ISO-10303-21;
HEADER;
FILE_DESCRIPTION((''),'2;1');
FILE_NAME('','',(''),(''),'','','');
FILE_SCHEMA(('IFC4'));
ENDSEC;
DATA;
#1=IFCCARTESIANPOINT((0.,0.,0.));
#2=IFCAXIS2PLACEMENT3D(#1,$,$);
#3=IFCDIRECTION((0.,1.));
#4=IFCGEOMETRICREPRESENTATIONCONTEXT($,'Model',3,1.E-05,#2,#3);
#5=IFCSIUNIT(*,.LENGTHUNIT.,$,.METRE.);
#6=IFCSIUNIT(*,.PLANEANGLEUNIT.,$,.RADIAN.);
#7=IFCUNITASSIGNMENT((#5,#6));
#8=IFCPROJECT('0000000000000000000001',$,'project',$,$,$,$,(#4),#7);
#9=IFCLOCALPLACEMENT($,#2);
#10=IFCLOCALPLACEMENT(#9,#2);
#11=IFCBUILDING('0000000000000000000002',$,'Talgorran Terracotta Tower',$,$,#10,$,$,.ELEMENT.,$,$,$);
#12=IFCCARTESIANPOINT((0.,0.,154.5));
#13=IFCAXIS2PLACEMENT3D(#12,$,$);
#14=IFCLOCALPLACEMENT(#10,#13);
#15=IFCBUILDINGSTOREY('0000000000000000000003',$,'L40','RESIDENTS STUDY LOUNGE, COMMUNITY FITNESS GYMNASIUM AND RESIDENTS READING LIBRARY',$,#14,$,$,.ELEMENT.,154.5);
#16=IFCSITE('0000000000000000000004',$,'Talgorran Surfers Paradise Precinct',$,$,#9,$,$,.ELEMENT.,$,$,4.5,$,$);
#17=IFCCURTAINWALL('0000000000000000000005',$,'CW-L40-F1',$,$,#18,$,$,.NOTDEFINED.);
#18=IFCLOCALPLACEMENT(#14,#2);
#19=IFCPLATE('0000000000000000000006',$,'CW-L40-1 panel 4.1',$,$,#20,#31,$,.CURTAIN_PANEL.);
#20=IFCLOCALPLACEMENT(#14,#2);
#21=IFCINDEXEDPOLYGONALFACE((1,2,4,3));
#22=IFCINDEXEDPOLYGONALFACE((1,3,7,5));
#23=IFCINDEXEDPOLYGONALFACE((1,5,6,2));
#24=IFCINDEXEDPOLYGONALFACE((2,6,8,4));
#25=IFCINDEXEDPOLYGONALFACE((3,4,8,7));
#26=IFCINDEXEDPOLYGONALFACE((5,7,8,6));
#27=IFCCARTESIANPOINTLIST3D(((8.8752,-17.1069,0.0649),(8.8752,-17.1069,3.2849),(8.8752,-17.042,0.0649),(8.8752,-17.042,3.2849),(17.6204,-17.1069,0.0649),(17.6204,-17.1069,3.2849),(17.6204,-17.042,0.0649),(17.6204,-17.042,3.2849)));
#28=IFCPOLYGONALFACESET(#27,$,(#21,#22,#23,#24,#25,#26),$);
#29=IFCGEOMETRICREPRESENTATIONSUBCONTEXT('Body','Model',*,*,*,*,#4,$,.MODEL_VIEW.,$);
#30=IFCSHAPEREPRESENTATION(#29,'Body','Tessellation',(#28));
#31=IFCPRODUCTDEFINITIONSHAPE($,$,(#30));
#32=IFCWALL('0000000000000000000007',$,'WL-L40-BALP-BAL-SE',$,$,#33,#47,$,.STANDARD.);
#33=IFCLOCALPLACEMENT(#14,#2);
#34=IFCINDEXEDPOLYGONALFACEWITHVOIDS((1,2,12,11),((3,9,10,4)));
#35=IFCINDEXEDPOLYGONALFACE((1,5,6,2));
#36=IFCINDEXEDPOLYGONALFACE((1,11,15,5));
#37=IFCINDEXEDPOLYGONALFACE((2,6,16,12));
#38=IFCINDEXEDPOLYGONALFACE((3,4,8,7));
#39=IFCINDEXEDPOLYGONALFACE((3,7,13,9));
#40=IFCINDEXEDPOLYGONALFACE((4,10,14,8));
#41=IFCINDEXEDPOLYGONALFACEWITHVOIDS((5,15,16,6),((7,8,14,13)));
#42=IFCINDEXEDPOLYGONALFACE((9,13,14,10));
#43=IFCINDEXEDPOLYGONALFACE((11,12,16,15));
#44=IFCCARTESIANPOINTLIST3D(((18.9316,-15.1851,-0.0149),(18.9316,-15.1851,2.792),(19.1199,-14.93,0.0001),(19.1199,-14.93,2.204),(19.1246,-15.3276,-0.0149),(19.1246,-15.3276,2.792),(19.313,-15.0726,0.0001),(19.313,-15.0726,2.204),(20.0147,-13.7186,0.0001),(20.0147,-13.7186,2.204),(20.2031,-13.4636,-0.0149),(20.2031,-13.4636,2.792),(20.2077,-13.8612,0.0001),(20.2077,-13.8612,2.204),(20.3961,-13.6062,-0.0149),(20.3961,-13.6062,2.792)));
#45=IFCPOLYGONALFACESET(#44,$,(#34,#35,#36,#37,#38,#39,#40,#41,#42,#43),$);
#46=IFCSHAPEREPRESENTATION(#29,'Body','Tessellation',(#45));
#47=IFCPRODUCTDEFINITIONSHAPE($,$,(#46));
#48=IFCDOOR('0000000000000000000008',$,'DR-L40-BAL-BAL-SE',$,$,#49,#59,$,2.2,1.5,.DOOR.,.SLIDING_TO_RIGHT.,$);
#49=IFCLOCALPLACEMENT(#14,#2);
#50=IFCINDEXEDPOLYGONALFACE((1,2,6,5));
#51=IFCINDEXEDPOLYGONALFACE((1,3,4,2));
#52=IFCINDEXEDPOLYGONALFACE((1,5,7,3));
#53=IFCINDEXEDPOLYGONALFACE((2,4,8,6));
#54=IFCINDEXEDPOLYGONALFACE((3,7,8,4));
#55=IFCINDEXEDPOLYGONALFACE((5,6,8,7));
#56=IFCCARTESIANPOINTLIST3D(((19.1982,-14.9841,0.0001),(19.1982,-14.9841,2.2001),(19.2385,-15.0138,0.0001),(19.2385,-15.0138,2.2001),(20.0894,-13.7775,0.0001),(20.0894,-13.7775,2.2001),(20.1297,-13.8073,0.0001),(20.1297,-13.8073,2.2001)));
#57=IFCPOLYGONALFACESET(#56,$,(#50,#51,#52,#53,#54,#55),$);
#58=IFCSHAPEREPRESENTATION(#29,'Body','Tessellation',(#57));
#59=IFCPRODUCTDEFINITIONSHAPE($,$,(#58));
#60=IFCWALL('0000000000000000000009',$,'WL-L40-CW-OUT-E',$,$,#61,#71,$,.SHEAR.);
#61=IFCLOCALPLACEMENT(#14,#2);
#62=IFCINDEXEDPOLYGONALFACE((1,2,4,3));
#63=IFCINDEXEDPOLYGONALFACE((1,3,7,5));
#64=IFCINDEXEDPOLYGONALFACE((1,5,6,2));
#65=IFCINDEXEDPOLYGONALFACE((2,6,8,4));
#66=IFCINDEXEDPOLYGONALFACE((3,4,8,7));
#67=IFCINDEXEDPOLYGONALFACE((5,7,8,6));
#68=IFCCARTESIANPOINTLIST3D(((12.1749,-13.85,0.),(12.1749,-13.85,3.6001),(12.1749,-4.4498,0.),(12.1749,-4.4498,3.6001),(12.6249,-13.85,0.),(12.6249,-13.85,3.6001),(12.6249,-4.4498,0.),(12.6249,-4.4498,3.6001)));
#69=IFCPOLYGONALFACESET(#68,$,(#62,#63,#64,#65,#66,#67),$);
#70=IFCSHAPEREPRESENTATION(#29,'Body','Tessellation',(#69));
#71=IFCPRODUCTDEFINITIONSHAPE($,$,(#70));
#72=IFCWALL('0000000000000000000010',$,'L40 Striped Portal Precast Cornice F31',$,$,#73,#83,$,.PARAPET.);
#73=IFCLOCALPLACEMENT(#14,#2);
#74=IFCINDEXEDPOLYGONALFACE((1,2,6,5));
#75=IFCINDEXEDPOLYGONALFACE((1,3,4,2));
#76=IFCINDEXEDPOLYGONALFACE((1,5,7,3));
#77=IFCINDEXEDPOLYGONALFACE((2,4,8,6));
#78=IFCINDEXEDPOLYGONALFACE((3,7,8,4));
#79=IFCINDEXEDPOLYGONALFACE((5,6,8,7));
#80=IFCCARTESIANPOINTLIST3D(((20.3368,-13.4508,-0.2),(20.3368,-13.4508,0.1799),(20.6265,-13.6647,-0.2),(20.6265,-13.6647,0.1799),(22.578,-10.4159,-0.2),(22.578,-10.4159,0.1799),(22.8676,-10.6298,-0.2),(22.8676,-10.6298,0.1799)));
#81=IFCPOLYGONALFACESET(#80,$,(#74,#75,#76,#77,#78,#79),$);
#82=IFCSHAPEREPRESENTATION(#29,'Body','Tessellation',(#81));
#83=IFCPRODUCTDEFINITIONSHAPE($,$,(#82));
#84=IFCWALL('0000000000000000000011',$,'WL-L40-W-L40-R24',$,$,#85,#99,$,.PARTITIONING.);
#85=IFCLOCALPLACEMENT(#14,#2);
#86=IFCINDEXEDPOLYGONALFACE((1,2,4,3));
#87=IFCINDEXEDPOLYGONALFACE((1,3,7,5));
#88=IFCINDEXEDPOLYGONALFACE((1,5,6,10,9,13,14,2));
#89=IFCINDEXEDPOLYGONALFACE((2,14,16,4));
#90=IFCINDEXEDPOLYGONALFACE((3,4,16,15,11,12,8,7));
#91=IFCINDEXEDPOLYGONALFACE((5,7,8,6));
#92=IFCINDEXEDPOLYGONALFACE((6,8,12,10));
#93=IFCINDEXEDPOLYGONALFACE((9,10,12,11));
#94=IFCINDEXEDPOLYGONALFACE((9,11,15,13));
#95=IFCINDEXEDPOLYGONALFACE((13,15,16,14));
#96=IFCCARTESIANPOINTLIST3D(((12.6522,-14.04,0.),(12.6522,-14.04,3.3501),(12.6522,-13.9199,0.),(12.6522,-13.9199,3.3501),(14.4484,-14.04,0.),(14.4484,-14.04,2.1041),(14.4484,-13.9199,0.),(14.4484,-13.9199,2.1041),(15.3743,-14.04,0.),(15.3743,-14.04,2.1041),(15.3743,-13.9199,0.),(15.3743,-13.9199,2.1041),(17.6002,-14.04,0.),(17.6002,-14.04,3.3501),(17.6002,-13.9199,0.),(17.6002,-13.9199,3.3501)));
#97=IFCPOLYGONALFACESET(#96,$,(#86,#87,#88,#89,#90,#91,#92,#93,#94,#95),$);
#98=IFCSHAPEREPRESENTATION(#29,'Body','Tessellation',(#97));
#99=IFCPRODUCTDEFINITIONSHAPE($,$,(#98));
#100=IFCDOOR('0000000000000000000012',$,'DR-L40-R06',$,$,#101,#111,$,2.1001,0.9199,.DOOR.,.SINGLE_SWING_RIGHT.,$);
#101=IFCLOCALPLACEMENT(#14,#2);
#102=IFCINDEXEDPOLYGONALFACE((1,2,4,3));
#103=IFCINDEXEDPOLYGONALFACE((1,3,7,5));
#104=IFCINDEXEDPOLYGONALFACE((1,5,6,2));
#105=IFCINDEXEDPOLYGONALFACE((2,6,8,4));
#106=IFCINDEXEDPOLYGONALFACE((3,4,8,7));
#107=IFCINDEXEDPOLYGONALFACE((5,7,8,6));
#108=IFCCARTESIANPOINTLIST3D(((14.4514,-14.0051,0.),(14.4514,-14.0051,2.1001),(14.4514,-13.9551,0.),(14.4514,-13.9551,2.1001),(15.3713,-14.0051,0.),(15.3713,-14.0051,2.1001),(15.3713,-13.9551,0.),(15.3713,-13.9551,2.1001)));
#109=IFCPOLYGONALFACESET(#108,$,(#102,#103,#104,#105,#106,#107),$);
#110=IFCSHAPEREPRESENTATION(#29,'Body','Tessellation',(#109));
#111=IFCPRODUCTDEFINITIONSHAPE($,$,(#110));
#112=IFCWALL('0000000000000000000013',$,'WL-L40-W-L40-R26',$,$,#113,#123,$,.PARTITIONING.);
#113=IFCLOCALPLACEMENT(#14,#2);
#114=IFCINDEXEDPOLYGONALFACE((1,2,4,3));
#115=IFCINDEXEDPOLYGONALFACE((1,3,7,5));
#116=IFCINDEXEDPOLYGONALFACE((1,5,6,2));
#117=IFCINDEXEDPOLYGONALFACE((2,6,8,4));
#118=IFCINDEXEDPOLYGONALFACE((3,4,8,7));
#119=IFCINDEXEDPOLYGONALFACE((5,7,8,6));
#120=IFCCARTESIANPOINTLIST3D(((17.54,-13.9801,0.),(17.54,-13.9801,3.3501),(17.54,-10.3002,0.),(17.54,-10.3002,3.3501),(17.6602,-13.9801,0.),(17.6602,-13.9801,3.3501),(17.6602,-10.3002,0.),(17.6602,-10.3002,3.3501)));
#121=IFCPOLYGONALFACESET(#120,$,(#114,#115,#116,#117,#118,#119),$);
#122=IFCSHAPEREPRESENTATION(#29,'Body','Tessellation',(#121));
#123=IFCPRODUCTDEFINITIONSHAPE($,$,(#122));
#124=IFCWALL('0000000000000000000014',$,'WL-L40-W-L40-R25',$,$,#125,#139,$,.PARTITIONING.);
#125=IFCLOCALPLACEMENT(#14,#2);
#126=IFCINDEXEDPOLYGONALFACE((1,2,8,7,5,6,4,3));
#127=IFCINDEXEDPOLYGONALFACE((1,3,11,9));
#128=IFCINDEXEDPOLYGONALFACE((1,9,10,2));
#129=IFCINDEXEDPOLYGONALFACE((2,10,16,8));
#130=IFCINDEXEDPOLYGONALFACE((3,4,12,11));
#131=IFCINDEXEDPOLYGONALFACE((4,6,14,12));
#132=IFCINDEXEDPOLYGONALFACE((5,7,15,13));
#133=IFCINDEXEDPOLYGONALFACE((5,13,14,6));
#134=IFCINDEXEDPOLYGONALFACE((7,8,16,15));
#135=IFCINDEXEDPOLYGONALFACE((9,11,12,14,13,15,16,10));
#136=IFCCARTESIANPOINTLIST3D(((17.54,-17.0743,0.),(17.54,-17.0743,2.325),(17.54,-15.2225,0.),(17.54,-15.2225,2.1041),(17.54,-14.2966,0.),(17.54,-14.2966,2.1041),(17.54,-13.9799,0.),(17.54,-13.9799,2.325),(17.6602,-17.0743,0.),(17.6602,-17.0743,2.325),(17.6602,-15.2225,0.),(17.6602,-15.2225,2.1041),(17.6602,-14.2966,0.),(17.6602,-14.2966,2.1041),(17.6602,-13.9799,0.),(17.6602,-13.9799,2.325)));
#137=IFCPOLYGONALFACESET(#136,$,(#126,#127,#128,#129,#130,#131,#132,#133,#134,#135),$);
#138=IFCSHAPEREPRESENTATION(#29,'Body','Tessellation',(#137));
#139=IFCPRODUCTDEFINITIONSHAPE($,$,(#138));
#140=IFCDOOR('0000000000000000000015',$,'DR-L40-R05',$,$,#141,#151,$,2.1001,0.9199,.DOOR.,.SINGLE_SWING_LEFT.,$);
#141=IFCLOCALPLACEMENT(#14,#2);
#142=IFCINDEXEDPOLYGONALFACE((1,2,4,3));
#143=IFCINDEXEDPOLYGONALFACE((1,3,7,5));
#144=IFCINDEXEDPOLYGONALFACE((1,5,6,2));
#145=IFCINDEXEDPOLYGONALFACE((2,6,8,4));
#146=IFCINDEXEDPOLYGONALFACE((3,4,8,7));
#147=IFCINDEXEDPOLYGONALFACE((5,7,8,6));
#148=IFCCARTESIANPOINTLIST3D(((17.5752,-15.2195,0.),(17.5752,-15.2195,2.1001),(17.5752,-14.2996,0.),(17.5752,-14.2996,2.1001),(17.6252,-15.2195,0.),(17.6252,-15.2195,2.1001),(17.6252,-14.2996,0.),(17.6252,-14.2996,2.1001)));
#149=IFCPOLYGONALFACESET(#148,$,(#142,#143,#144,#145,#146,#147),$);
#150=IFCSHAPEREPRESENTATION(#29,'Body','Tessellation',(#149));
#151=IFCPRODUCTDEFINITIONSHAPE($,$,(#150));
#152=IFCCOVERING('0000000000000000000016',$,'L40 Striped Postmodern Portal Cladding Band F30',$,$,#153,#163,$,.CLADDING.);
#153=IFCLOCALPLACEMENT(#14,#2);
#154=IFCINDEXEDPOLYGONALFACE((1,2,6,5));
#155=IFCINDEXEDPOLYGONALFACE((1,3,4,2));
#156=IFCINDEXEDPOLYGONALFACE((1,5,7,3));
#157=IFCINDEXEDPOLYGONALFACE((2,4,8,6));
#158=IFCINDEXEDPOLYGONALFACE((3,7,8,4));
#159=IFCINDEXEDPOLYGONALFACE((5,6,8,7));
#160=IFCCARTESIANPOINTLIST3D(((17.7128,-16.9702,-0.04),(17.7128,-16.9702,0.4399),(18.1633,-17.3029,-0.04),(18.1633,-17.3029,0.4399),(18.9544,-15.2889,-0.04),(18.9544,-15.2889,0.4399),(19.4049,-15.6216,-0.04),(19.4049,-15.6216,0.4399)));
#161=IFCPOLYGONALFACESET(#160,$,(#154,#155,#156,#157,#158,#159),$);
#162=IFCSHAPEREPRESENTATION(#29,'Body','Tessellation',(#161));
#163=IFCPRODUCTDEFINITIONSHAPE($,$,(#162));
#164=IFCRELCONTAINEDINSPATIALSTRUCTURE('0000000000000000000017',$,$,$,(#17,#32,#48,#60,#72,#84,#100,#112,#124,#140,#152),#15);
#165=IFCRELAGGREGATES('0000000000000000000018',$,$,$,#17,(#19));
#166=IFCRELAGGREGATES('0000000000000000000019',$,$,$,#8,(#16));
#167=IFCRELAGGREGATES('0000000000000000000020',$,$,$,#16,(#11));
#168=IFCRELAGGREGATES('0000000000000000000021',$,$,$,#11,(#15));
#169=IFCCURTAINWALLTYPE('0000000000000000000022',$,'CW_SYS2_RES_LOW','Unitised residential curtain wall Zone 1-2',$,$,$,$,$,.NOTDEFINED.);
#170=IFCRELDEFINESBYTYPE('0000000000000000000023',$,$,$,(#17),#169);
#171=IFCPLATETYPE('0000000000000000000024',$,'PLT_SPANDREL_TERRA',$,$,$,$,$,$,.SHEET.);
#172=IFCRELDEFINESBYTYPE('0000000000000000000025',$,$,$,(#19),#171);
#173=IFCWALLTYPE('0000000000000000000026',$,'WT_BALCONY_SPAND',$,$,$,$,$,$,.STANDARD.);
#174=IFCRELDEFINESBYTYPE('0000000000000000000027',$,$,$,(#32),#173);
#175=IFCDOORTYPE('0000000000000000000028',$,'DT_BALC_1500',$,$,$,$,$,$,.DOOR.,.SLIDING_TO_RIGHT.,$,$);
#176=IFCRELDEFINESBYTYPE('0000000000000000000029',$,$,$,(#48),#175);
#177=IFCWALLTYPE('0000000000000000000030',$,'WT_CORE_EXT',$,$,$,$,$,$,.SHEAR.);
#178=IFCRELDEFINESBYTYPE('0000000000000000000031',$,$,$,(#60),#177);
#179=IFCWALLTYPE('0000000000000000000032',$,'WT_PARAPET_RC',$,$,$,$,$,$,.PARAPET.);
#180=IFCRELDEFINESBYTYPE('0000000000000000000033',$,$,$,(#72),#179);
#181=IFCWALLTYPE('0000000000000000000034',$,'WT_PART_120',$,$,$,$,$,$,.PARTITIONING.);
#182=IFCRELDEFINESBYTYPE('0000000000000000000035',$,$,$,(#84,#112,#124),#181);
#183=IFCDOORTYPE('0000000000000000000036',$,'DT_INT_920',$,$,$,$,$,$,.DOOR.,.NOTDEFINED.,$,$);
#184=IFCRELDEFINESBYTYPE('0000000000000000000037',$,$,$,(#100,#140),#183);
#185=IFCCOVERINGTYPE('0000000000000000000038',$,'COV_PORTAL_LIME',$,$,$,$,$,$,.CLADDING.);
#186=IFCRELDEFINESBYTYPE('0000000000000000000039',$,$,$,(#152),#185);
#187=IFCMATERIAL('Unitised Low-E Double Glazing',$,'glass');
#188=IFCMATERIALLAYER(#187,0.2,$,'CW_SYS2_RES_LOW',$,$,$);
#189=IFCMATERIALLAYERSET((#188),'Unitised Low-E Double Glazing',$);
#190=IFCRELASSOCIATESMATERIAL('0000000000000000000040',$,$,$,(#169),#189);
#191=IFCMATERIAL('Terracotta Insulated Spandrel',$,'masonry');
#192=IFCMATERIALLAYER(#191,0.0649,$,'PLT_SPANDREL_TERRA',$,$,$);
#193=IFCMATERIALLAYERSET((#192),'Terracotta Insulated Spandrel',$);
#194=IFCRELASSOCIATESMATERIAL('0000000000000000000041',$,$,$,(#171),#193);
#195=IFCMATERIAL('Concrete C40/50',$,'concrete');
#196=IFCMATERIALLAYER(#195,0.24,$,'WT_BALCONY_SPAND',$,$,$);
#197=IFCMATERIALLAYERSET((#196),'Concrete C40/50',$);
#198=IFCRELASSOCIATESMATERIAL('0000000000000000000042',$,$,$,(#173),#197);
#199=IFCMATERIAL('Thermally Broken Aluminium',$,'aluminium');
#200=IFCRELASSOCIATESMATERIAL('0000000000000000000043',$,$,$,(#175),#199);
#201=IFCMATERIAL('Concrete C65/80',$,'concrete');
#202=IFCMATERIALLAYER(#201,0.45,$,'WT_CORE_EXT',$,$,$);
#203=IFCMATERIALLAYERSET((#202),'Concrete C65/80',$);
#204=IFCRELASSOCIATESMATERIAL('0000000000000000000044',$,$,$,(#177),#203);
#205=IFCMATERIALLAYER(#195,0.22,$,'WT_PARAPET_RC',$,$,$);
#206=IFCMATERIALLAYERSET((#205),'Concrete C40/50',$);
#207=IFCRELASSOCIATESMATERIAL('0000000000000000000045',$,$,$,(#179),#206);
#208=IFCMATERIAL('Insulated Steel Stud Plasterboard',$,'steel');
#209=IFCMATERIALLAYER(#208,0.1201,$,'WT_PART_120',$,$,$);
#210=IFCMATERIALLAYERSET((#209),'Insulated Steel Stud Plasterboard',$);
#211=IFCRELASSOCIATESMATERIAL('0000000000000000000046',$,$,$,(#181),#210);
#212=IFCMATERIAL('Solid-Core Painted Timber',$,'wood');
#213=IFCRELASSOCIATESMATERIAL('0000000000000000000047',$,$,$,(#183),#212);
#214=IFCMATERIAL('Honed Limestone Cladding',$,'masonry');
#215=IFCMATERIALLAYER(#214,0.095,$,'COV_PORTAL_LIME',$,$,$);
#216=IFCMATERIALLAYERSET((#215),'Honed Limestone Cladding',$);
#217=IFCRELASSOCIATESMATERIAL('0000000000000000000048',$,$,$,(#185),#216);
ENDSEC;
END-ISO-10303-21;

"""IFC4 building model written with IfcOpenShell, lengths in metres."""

from ifc_helpers import new_model, si_unit, direction, frame, frame_2d, origin, origin_2d, place, context, subcontext, project, spatial, rectangle, extrude, source, transform, mapped, material, layer, layer_set, type_object, type_shapes, element, fill, aggregate, save


model = new_model("IFC4")

# Units and contexts
model_context = context("Model", 3, precision=1e-05, world=origin(), true_north=direction((0.0, 1.0)))
body_context = subcontext(model_context, "Body", "Model", "MODEL_VIEW")
ifc_project = project(units=[si_unit("LENGTHUNIT", "METRE"), si_unit("PLANEANGLEUNIT", "RADIAN")], contexts=[model_context])

# Site, building, storey
site_placement = place(None, origin())
site = spatial("IfcSite", under=ifc_project, at=site_placement, Name="Talgorran Surfers Paradise Precinct", CompositionType="ELEMENT", RefElevation=4.5)
building_placement = place(site_placement, origin())
building = spatial("IfcBuilding", under=site, at=building_placement, Name="Talgorran Terracotta Tower", CompositionType="ELEMENT")
storey_placement = place(building_placement, frame((0.0, 0.0, 154.5)))
storey = spatial("IfcBuildingStorey", under=building, at=storey_placement, Name="L40", Description="RESIDENTS STUDY LOUNGE, COMMUNITY FITNESS GYMNASIUM AND RESIDENTS READING LIBRARY", CompositionType="ELEMENT", Elevation=154.5)

# Curtain wall
ifc_material_1 = material(Name="Unitised Low-E Double Glazing", Category="glass")
ifc_layer_1 = layer(ifc_material_1, 0.2, Name="CW_SYS2_RES_LOW")
ifc_layer_set_1 = layer_set([ifc_layer_1], Name="Unitised Low-E Double Glazing")
curtain_wall_type = type_object("IfcCurtainWallType", Name="CW_SYS2_RES_LOW", Description="Unitised residential curtain wall Zone 1-2", PredefinedType="NOTDEFINED", material=ifc_layer_set_1)
curtain_wall_1_placement = place(storey_placement, origin())
curtain_wall_1 = element("IfcCurtainWall", 1, at=curtain_wall_1_placement, inside=storey, type_object=curtain_wall_type, Name="CW-L40-F1", PredefinedType="NOTDEFINED")

# Plate
ifc_material_2 = material(Name="Terracotta Insulated Spandrel", Category="masonry")
ifc_layer_2 = layer(ifc_material_2, 0.0649, Name="PLT_SPANDREL_TERRA")
ifc_layer_set_2 = layer_set([ifc_layer_2], Name="Terracotta Insulated Spandrel")
plate_type_1 = type_object("IfcPlateType", Name="PLT_SPANDREL_TERRA", PredefinedType="SHEET", material=ifc_layer_set_2)
shared_shape_1 = source(origin(), body_context, "Body", "SweptSolid", [
    extrude(rectangle(XDim=8.7451, YDim=0.0649, at=origin_2d()), origin(), (0.0, 0.0, 1.0), 3.22),
])
type_shapes(plate_type_1, [shared_shape_1])
plate_1_placement = place(storey_placement, frame((13.2478, -17.0745, 0.0649), z_axis=(0.0, 0.0, 1.0), x_axis=(1.0, 0.0, 0.0)))
plate_1 = element("IfcPlate", 2, at=plate_1_placement, type_object=plate_type_1, Name="CW-L40-1 panel 4.1", PredefinedType="CURTAIN_PANEL", context=body_context, shape_type="MappedRepresentation", body=[
    mapped(shared_shape_1, transform((0.0, 0.0, 0.0), scale=1.0)),
])
aggregate(curtain_wall_1, [plate_1])

# Wall, opening, door
ifc_material_3 = material(Name="Concrete C40/50", Category="concrete")
ifc_layer_3 = layer(ifc_material_3, 0.24, Name="WT_BALCONY_SPAND")
ifc_layer_set_3 = layer_set([ifc_layer_3], Name="Concrete C40/50")
wall_type_1 = type_object("IfcWallType", Name="WT_BALCONY_SPAND", PredefinedType="STANDARD", material=ifc_layer_set_3)
wall_1_placement = place(storey_placement, frame((19.0281, -15.2563, -0.0149), z_axis=(0.0, 0.0, 1.0), x_axis=(0.594125, 0.804373, 0.0)))
wall_1 = element("IfcWall", 3, at=wall_1_placement, inside=storey, type_object=wall_type_1, Name="WL-L40-BALP-BAL-SE", PredefinedType="STANDARD", context=body_context, shape_type="SweptSolid", body=[
    extrude(rectangle(XDim=2.1401, YDim=0.24, at=frame_2d((1.0701, 0.0))), origin(), (0.0, 0.0, 1.0), 2.8069),
])
opening_1_placement = place(wall_1_placement, frame((0.3201, 0.0, 0.0149)))
opening_1 = element("IfcOpeningElement", 4, at=opening_1_placement, cuts=wall_1, PredefinedType="OPENING", context=body_context, shape_type="SweptSolid", body=[
    extrude(rectangle(XDim=1.506, YDim=2.204, at=frame_2d((0.75, 1.1021))), frame((0.0, 0.1299, 0.0), z_axis=(0.0, -1.0, 0.0), x_axis=(1.0, 0.0, 0.0)), (0.0, 0.0, 1.0), 0.26),
])
ifc_material_4 = material(Name="Thermally Broken Aluminium", Category="aluminium")
door_type_1 = type_object("IfcDoorType", Name="DT_BALC_1500", OperationType="SLIDING_TO_RIGHT", PredefinedType="DOOR", material=ifc_material_4)
door_1_placement = place(opening_1_placement, origin())
door_1 = element("IfcDoor", 5, at=door_1_placement, inside=storey, type_object=door_type_1, Name="DR-L40-BAL-BAL-SE", OperationType="SLIDING_TO_RIGHT", OverallHeight=2.2, OverallWidth=1.5, PredefinedType="DOOR", context=body_context, shape_type="SweptSolid", body=[
    extrude(rectangle(XDim=1.5, YDim=2.2, at=frame_2d((0.75, 1.1001))), frame((0.0, 0.0249, 0.0), z_axis=(0.0, -1.0, 0.0), x_axis=(1.0, 0.0, 0.0)), (0.0, 0.0, 1.0), 0.05),
])
fill(opening_1, door_1)

# Walls
ifc_material_5 = material(Name="Concrete C65/80", Category="concrete")
ifc_layer_4 = layer(ifc_material_5, 0.45, Name="WT_CORE_EXT")
ifc_layer_set_4 = layer_set([ifc_layer_4], Name="Concrete C65/80")
wall_type_2 = type_object("IfcWallType", Name="WT_CORE_EXT", PredefinedType="SHEAR", material=ifc_layer_set_4)
wall_2_placement = place(storey_placement, frame((12.3999, -13.8501, 0.0), z_axis=(0.0, 0.0, 1.0), x_axis=(0.0, 1.0, 0.0)))
element("IfcWall", 6, at=wall_2_placement, inside=storey, type_object=wall_type_2, Name="WL-L40-CW-OUT-E", PredefinedType="SHEAR", context=body_context, shape_type="SweptSolid", body=[
    extrude(rectangle(XDim=9.4001, YDim=0.45, at=frame_2d((4.7002, 0.0))), origin(), (0.0, 0.0, 1.0), 3.6001),
])
ifc_layer_5 = layer(ifc_material_3, 0.22, Name="WT_PARAPET_RC")
ifc_layer_set_5 = layer_set([ifc_layer_5], Name="Concrete C40/50")
wall_type_3 = type_object("IfcWallType", Name="WT_PARAPET_RC", PredefinedType="PARAPET", material=ifc_layer_set_5)
wall_3_placement = place(storey_placement, frame((20.4817, -13.5576, -0.2), z_axis=(0.0, 0.0, 1.0), x_axis=(0.594051, 0.804428, 0.0)))
element("IfcWall", 7, at=wall_3_placement, inside=storey, type_object=wall_type_3, Name="L40 Striped Portal Precast Cornice F31", PredefinedType="PARAPET", context=body_context, shape_type="SweptSolid", body=[
    extrude(rectangle(XDim=3.7727, YDim=0.3601, at=frame_2d((1.8862, 0.0))), origin(), (0.0, 0.0, 1.0), 0.3799),
])

# Wall, opening, door
ifc_material_6 = material(Name="Insulated Steel Stud Plasterboard", Category="steel")
ifc_layer_6 = layer(ifc_material_6, 0.1201, Name="WT_PART_120")
ifc_layer_set_6 = layer_set([ifc_layer_6], Name="Insulated Steel Stud Plasterboard")
wall_type_4 = type_object("IfcWallType", Name="WT_PART_120", PredefinedType="PARTITIONING", material=ifc_layer_set_6)
wall_4_placement = place(storey_placement, frame((12.6521, -13.98, 0.0), z_axis=(0.0, 0.0, 1.0), x_axis=(1.0, 0.0, 0.0)))
wall_4 = element("IfcWall", 8, at=wall_4_placement, inside=storey, type_object=wall_type_4, Name="WL-L40-W-L40-R24", PredefinedType="PARTITIONING", context=body_context, shape_type="SweptSolid", body=[
    extrude(rectangle(XDim=4.948, YDim=0.1201, at=frame_2d((2.4741, 0.0))), origin(), (0.0, 0.0, 1.0), 3.3501),
])
opening_2_placement = place(wall_4_placement, frame((1.7993, 0.0, 0.0)))
opening_2 = element("IfcOpeningElement", 9, at=opening_2_placement, cuts=wall_4, PredefinedType="OPENING", context=body_context, shape_type="SweptSolid", body=[
    extrude(rectangle(XDim=0.9259, YDim=2.1041, at=frame_2d((0.46, 1.052))), frame((0.0, 0.0701, 0.0), z_axis=(0.0, -1.0, 0.0), x_axis=(1.0, 0.0, 0.0)), (0.0, 0.0, 1.0), 0.1401),
])
ifc_material_7 = material(Name="Solid-Core Painted Timber", Category="wood")
door_type_2 = type_object("IfcDoorType", Name="DT_INT_920", OperationType="NOTDEFINED", PredefinedType="DOOR", material=ifc_material_7)
door_2_placement = place(opening_2_placement, origin())
door_2 = element("IfcDoor", 10, at=door_2_placement, inside=storey, type_object=door_type_2, Name="DR-L40-R06", OperationType="SINGLE_SWING_RIGHT", OverallHeight=2.1001, OverallWidth=0.9199, PredefinedType="DOOR", context=body_context, shape_type="SweptSolid", body=[
    extrude(rectangle(XDim=0.9199, YDim=2.1001, at=frame_2d((0.46, 1.05))), frame((0.0, 0.0249, 0.0), z_axis=(0.0, -1.0, 0.0), x_axis=(1.0, 0.0, 0.0)), (0.0, 0.0, 1.0), 0.05),
])
fill(opening_2, door_2)

# Wall
wall_5_placement = place(storey_placement, frame((17.6001, -13.98, 0.0), z_axis=(0.0, 0.0, 1.0), x_axis=(0.0, 1.0, 0.0)))
element("IfcWall", 11, at=wall_5_placement, inside=storey, type_object=wall_type_4, Name="WL-L40-W-L40-R26", PredefinedType="PARTITIONING", context=body_context, shape_type="SweptSolid", body=[
    extrude(rectangle(XDim=3.6799, YDim=0.1201, at=frame_2d((1.8398, 0.0))), origin(), (0.0, 0.0, 1.0), 3.3501),
])

# Wall, opening, door
wall_6_placement = place(storey_placement, frame((17.6001, -17.0745, 0.0), z_axis=(0.0, 0.0, 1.0), x_axis=(0.0, 1.0, 0.0)))
wall_6 = element("IfcWall", 12, at=wall_6_placement, inside=storey, type_object=wall_type_4, Name="WL-L40-W-L40-R25", PredefinedType="PARTITIONING", context=body_context, shape_type="SweptSolid", body=[
    extrude(rectangle(XDim=3.0945, YDim=0.1201, at=frame_2d((1.5474, 0.0))), origin(), (0.0, 0.0, 1.0), 2.325),
])
opening_3_placement = place(wall_6_placement, frame((1.855, 0.0, 0.0)))
opening_3 = element("IfcOpeningElement", 13, at=opening_3_placement, cuts=wall_6, PredefinedType="OPENING", context=body_context, shape_type="SweptSolid", body=[
    extrude(rectangle(XDim=0.9259, YDim=2.1041, at=frame_2d((0.46, 1.052))), frame((0.0, 0.0701, 0.0), z_axis=(0.0, -1.0, 0.0), x_axis=(1.0, 0.0, 0.0)), (0.0, 0.0, 1.0), 0.1401),
])
door_3_placement = place(opening_3_placement, origin())
door_3 = element("IfcDoor", 14, at=door_3_placement, inside=storey, type_object=door_type_2, Name="DR-L40-R05", OperationType="SINGLE_SWING_LEFT", OverallHeight=2.1001, OverallWidth=0.9199, PredefinedType="DOOR", context=body_context, shape_type="SweptSolid", body=[
    extrude(rectangle(XDim=0.9199, YDim=2.1001, at=frame_2d((0.46, 1.05))), frame((0.0, 0.0249, 0.0), z_axis=(0.0, -1.0, 0.0), x_axis=(1.0, 0.0, 0.0)), (0.0, 0.0, 1.0), 0.05),
])
fill(opening_3, door_3)

# Covering
ifc_material_8 = material(Name="Honed Limestone Cladding", Category="masonry")
ifc_layer_7 = layer(ifc_material_8, 0.095, Name="COV_PORTAL_LIME")
ifc_layer_set_7 = layer_set([ifc_layer_7], Name="Honed Limestone Cladding")
covering_type = type_object("IfcCoveringType", Name="COV_PORTAL_LIME", PredefinedType="CLADDING", material=ifc_layer_set_7)
covering_placement = place(storey_placement, frame((18.5588, -16.2959, -0.04), z_axis=(0.0, 0.0, 1.0), x_axis=(0.594065, 0.804417, 0.0)))
element("IfcCovering", 15, at=covering_placement, inside=storey, type_object=covering_type, Name="L40 Striped Postmodern Portal Cladding Band F30", PredefinedType="CLADDING", context=body_context, shape_type="SweptSolid", body=[
    extrude(rectangle(XDim=2.0901, YDim=0.5601, at=origin_2d()), origin(), (0.0, 0.0, 1.0), 0.48),
])

save(model, "model.ifc")
